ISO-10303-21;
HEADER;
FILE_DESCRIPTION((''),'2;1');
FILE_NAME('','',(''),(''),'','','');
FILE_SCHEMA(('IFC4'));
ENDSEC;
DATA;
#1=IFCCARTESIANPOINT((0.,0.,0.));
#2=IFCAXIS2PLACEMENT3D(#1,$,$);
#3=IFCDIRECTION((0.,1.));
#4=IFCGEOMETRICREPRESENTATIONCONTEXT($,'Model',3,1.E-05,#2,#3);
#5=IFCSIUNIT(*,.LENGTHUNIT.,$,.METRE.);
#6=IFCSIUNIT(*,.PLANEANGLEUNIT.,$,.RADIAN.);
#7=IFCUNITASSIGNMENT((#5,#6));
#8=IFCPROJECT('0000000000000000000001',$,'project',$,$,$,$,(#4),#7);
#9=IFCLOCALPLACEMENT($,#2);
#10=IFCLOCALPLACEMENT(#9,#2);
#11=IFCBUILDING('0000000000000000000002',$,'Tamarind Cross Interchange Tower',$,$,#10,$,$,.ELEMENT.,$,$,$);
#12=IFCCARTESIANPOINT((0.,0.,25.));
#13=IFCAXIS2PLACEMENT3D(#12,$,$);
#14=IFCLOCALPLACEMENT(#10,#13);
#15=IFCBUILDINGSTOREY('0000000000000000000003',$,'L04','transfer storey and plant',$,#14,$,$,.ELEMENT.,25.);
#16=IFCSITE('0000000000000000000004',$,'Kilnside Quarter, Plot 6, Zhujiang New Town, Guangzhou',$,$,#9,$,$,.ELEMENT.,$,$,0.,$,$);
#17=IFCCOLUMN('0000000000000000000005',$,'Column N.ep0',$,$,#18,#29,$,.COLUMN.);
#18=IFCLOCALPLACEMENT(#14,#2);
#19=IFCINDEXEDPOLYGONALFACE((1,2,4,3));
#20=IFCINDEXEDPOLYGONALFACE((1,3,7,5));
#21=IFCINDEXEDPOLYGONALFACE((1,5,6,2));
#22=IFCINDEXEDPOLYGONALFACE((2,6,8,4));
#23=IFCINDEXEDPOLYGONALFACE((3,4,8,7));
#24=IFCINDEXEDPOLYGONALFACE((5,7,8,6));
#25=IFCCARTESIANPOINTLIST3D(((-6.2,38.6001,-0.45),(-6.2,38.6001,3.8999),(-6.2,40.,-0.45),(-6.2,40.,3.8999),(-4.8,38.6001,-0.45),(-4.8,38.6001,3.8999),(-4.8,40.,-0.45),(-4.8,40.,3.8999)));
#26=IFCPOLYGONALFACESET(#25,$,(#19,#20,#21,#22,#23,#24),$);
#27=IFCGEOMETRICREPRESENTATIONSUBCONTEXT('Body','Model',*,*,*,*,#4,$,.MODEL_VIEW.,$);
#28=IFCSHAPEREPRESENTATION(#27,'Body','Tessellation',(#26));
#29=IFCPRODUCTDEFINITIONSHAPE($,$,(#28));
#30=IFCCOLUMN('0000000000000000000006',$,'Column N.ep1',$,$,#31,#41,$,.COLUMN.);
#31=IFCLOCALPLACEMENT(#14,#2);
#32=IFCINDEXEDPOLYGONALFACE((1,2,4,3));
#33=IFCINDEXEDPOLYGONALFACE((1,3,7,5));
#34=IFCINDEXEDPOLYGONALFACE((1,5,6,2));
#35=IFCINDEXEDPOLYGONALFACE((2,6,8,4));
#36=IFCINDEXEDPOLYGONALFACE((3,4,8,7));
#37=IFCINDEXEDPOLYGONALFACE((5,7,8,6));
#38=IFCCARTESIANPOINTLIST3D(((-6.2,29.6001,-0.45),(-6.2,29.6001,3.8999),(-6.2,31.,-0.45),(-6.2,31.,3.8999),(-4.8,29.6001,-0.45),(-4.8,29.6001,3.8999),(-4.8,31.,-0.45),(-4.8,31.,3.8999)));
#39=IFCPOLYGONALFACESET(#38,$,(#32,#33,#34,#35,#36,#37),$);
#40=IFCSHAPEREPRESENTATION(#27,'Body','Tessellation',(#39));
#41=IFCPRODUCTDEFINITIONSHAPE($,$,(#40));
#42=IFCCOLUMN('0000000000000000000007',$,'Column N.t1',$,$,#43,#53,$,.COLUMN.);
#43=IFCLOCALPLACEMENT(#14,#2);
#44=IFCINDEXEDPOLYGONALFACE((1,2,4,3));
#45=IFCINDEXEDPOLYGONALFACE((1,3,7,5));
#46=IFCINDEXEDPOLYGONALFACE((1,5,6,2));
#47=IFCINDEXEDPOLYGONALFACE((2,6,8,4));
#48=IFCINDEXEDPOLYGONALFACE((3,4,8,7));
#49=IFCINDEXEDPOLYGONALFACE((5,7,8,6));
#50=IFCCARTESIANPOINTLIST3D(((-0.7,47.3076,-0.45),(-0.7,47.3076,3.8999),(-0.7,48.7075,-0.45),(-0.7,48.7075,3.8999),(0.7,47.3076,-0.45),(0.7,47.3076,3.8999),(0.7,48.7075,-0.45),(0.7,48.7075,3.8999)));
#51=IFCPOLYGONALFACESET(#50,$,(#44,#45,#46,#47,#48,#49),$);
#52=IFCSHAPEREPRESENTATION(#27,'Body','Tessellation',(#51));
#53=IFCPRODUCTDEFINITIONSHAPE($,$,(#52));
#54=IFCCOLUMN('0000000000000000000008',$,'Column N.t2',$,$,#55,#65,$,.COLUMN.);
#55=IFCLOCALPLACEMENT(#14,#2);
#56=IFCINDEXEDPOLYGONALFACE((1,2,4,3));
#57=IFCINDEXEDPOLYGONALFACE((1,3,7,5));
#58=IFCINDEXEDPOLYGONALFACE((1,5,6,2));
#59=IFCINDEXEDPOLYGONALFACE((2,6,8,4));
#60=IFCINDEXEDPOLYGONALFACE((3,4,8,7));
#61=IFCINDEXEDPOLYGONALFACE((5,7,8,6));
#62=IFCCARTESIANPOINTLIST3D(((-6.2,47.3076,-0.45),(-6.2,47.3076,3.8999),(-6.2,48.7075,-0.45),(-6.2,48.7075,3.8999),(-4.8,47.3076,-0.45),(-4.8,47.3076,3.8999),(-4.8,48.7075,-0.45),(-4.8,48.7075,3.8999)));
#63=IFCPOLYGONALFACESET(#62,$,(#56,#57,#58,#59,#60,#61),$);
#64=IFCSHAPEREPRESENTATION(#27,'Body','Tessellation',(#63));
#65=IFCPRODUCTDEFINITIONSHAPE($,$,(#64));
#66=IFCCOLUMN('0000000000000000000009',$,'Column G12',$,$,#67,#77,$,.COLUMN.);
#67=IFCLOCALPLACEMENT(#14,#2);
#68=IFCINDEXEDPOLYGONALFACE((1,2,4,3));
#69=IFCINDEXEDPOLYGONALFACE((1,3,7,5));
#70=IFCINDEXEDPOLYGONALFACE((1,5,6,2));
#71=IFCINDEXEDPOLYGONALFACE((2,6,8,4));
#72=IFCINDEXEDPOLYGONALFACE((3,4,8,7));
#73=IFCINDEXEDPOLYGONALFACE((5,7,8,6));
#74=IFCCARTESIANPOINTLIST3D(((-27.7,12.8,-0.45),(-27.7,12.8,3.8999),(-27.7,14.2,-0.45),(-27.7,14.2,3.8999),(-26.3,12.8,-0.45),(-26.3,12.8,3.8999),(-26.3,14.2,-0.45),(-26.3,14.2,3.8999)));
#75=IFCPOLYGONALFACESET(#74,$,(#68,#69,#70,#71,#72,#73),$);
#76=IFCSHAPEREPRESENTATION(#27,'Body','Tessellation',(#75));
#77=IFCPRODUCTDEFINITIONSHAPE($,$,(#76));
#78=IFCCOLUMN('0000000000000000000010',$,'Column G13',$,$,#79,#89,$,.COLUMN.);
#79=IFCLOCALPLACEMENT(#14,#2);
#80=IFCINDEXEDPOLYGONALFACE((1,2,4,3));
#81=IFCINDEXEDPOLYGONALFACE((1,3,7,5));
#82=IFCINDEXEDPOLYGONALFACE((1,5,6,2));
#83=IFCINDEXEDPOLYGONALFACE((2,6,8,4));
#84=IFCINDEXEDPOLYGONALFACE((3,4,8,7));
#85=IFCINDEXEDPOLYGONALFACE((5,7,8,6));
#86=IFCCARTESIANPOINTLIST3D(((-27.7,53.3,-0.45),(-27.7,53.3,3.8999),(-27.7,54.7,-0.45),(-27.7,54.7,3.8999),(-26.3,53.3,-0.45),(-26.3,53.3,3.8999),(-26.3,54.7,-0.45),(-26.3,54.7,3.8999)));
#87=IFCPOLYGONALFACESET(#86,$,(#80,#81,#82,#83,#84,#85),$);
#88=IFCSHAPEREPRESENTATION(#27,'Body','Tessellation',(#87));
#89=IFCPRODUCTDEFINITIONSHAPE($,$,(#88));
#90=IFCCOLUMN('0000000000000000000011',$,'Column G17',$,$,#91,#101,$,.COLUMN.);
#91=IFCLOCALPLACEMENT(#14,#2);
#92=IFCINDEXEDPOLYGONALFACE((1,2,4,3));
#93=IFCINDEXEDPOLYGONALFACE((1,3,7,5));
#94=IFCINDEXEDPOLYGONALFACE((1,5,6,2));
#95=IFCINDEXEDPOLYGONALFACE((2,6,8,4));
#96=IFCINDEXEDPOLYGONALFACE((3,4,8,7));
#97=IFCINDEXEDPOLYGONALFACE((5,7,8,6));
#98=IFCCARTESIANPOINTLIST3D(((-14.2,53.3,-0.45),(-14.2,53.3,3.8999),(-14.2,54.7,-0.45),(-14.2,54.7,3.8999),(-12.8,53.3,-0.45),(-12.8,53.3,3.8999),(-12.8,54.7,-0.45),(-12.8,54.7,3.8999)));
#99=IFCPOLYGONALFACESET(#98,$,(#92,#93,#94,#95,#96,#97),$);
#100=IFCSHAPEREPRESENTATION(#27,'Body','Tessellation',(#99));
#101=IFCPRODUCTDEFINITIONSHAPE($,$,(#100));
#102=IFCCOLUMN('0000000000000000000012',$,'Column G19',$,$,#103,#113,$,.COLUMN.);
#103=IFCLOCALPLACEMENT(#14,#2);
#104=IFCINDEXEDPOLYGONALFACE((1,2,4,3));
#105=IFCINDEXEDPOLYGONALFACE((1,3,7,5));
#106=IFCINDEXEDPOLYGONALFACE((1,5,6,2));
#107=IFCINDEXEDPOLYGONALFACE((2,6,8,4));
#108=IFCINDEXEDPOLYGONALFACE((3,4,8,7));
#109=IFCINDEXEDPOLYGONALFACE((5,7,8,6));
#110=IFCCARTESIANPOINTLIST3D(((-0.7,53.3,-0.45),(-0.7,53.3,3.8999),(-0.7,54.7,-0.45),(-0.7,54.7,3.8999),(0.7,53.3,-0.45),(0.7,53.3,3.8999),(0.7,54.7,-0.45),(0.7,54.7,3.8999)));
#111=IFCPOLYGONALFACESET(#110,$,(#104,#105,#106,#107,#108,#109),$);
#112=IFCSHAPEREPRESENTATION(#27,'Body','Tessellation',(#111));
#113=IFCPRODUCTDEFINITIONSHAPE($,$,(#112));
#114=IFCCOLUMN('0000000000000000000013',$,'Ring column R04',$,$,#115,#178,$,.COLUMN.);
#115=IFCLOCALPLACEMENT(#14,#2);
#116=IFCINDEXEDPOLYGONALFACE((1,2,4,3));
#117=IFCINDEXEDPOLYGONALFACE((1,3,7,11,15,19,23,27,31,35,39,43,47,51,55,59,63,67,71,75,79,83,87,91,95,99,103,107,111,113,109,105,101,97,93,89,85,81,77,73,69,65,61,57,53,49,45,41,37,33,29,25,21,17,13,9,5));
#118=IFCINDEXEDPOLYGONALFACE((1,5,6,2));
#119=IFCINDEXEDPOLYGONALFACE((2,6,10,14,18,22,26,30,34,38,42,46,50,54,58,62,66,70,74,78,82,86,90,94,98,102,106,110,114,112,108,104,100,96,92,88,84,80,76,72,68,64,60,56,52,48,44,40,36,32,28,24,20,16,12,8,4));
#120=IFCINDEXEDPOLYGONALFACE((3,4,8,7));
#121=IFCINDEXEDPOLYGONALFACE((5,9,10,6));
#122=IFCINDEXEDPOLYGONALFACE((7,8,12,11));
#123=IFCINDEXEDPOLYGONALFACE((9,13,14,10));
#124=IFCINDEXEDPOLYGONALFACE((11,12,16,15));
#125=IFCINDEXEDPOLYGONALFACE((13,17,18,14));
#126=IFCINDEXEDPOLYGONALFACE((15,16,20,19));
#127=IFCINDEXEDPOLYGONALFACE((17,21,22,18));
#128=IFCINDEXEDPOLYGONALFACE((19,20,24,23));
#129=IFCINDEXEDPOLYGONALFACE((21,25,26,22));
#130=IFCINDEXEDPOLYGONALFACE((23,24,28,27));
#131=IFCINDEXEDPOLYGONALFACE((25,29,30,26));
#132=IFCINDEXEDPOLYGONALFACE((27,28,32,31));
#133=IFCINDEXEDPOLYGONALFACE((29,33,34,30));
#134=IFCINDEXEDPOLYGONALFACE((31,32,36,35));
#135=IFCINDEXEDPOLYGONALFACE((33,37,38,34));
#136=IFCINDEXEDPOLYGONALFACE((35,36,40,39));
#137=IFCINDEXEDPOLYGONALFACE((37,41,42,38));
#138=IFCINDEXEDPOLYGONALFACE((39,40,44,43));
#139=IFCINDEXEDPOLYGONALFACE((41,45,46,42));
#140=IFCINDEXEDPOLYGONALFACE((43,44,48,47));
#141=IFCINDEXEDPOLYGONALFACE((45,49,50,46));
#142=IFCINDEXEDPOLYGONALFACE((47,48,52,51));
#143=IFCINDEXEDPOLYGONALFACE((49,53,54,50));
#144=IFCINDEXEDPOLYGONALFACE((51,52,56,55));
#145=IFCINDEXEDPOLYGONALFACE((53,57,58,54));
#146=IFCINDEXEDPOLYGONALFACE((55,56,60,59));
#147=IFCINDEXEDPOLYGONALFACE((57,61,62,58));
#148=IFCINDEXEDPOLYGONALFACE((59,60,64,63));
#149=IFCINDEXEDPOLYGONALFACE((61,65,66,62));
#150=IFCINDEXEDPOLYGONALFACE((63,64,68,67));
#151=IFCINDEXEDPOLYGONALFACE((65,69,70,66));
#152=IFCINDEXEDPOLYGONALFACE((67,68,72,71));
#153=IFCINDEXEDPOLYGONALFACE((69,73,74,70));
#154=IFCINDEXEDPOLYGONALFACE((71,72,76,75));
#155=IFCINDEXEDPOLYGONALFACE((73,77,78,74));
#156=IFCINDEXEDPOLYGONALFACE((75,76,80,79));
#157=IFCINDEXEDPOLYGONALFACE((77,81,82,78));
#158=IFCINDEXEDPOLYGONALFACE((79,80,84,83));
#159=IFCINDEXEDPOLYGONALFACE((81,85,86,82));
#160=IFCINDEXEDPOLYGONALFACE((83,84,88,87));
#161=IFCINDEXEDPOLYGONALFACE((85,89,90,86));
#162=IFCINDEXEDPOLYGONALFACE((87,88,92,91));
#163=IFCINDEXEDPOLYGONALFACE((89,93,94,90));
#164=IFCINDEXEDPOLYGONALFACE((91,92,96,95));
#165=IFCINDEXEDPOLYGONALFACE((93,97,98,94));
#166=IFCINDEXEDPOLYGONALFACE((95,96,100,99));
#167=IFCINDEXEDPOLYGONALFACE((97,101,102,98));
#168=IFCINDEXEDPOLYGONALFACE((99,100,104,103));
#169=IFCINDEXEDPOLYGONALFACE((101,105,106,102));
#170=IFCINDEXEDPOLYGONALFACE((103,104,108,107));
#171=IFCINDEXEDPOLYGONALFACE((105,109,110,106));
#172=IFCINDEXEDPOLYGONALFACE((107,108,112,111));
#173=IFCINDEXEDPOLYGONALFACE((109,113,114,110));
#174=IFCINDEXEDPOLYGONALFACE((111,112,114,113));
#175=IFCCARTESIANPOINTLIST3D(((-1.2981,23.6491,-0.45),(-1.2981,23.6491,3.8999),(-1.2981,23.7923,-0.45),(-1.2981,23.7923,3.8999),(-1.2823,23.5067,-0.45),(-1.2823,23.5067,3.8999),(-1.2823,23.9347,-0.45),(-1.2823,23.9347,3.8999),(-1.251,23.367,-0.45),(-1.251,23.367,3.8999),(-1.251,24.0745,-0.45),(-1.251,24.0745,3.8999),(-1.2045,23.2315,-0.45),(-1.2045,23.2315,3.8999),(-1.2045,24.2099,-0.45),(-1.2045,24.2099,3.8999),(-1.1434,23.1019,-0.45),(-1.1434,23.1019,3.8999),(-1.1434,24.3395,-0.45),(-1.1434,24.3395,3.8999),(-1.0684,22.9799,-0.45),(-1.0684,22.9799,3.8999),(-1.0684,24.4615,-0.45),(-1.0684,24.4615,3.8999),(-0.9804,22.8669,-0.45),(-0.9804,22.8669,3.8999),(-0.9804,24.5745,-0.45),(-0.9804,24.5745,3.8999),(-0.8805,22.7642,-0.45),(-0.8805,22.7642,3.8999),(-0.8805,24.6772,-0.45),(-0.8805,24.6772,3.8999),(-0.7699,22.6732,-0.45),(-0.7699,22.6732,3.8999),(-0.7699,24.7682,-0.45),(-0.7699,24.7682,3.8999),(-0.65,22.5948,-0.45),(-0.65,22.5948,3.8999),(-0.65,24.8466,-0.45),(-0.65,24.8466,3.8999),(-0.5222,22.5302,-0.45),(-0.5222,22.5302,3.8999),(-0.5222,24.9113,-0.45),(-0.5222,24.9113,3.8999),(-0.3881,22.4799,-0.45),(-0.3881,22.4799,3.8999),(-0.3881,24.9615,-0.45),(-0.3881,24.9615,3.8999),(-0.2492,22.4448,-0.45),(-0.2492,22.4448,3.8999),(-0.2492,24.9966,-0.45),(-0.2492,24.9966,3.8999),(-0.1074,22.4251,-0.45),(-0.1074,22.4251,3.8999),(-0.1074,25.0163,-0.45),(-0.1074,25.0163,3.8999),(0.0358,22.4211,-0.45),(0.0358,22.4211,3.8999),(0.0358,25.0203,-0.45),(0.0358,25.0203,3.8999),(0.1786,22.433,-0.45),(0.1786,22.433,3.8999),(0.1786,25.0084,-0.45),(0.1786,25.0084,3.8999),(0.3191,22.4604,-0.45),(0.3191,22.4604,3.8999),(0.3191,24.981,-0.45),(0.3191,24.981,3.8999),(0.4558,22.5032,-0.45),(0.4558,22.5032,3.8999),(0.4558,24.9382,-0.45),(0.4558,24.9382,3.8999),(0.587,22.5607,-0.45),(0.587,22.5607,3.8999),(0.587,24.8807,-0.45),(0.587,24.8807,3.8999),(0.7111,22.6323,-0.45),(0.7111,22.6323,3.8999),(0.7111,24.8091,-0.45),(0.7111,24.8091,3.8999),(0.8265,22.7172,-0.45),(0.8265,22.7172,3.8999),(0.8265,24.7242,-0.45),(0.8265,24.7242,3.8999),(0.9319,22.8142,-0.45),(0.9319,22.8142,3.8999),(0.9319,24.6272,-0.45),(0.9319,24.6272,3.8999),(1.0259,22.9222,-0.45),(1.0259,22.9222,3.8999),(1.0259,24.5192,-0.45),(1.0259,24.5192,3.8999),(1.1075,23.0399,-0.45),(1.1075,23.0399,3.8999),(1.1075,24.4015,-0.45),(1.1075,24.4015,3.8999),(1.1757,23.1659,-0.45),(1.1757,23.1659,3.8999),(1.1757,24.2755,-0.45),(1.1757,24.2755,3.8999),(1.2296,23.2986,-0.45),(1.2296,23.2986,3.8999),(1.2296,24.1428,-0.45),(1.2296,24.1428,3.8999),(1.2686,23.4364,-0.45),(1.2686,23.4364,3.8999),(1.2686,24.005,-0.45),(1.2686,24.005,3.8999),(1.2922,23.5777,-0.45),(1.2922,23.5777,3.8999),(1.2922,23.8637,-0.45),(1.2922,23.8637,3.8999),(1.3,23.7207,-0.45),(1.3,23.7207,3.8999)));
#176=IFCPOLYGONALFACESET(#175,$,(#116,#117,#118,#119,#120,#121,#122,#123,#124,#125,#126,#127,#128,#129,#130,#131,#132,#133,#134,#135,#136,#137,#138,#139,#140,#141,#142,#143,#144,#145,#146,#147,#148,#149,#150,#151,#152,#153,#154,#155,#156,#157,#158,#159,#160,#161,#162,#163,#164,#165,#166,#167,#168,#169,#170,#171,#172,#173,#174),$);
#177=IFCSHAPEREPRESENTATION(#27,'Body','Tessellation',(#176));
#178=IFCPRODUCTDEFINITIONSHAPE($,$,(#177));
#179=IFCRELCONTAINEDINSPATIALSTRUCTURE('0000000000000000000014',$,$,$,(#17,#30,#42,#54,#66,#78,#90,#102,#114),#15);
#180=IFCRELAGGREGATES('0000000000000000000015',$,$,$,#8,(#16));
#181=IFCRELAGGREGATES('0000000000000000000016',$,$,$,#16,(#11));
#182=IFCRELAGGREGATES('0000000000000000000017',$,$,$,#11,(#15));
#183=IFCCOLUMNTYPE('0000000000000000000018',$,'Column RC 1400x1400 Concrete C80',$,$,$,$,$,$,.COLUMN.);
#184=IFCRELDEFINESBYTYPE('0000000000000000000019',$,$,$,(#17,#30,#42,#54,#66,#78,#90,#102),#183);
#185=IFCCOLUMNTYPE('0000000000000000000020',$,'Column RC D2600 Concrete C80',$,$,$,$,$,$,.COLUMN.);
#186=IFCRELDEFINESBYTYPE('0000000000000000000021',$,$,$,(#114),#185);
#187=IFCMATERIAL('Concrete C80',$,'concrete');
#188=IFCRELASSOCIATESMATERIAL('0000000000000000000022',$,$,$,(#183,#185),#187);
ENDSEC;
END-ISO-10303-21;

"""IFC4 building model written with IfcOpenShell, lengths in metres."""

from ifc_helpers import new_model, si_unit, direction, frame, origin, origin_2d, place, context, subcontext, project, spatial, rectangle, circle, extrude, material, material_profile, profile_set, type_object, element, save


model = new_model("IFC4")

# Units and contexts
model_context = context("Model", 3, precision=1e-05, world=origin(), true_north=direction((0.0, 1.0)))
body_context = subcontext(model_context, "Body", "Model", "MODEL_VIEW")
ifc_project = project(units=[si_unit("LENGTHUNIT", "METRE"), si_unit("PLANEANGLEUNIT", "RADIAN")], contexts=[model_context])

# Site, building, storey
site_placement = place(None, origin())
site = spatial("IfcSite", under=ifc_project, at=site_placement, Name="Kilnside Quarter, Plot 6, Zhujiang New Town, Guangzhou", CompositionType="ELEMENT", RefElevation=0.0)
building_placement = place(site_placement, origin())
building = spatial("IfcBuilding", under=site, at=building_placement, Name="Tamarind Cross Interchange Tower", CompositionType="ELEMENT")
storey_placement = place(building_placement, frame((0.0, 0.0, 25.0)))
storey = spatial("IfcBuildingStorey", under=building, at=storey_placement, Name="L04", Description="transfer storey and plant", CompositionType="ELEMENT", Elevation=25.0)

# Columns
ifc_material_1 = material(Name="Concrete C80", Category="concrete")
ifc_material_profile_1 = material_profile(ifc_material_1, rectangle(XDim=1.3999, YDim=1.3999, at=origin_2d()), Name="RC 1400x1400")
ifc_profile_set_1 = profile_set([ifc_material_profile_1], Name="Concrete C80")
column_type_1 = type_object("IfcColumnType", Name="Column RC 1400x1400 Concrete C80", PredefinedType="COLUMN", material=ifc_profile_set_1)
for number, where, z_axis, x_axis, name in (
    (1, (-5.5, 39.3, -0.45), (0.0, 0.0, 1.0), (1.0, 0.0, 0.0), "Column N.ep0"),
    (2, (-5.5, 30.3, -0.45), (0.0, 0.0, 1.0), (1.0, 0.0, 0.0), "Column N.ep1"),
    (3, (0.0, 48.0076, -0.45), (0.0, 0.0, 1.0), (1.0, 0.0, 0.0), "Column N.t1"),
    (4, (-5.5, 48.0076, -0.45), (0.0, 0.0, 1.0), (1.0, 0.0, 0.0), "Column N.t2"),
    (5, (-27.0, 13.5, -0.45), (0.0, 0.0, 1.0), (1.0, 0.0, 0.0), "Column G12"),
    (6, (-27.0, 54.0, -0.45), (0.0, 0.0, 1.0), (1.0, 0.0, 0.0), "Column G13"),
    (7, (-13.5, 54.0, -0.45), (0.0, 0.0, 1.0), (1.0, 0.0, 0.0), "Column G17"),
    (8, (0.0, 54.0, -0.45), (0.0, 0.0, 1.0), (1.0, 0.0, 0.0), "Column G19"),
):
    element("IfcColumn", number, at=place(storey_placement, frame(where, z_axis=z_axis, x_axis=x_axis)), inside=storey, type_object=column_type_1, Name=name, PredefinedType="COLUMN", context=body_context, shape_type="SweptSolid", body=[
        extrude(rectangle(XDim=1.3999, YDim=1.3999, at=origin_2d()), origin(), (0.0, 0.0, 1.0), 4.3499),
    ])
ifc_material_profile_2 = material_profile(ifc_material_1, circle(Radius=1.3, at=origin_2d()), Name="RC D2600")
ifc_profile_set_2 = profile_set([ifc_material_profile_2], Name="Concrete C80")
column_type_2 = type_object("IfcColumnType", Name="Column RC D2600 Concrete C80", PredefinedType="COLUMN", material=ifc_profile_set_2)
for number, where, z_axis, x_axis, name in (
    (9, (0.0, 23.7207, -0.45), (0.0, 0.0, 1.0), (1.0, 0.0, 0.0), "Ring column R04"),
):
    element("IfcColumn", number, at=place(storey_placement, frame(where, z_axis=z_axis, x_axis=x_axis)), inside=storey, type_object=column_type_2, Name=name, PredefinedType="COLUMN", context=body_context, shape_type="SweptSolid", body=[
        extrude(circle(Radius=1.3, at=origin_2d()), origin(), (0.0, 0.0, 1.0), 4.3499),
    ])

save(model, "model.ifc")
